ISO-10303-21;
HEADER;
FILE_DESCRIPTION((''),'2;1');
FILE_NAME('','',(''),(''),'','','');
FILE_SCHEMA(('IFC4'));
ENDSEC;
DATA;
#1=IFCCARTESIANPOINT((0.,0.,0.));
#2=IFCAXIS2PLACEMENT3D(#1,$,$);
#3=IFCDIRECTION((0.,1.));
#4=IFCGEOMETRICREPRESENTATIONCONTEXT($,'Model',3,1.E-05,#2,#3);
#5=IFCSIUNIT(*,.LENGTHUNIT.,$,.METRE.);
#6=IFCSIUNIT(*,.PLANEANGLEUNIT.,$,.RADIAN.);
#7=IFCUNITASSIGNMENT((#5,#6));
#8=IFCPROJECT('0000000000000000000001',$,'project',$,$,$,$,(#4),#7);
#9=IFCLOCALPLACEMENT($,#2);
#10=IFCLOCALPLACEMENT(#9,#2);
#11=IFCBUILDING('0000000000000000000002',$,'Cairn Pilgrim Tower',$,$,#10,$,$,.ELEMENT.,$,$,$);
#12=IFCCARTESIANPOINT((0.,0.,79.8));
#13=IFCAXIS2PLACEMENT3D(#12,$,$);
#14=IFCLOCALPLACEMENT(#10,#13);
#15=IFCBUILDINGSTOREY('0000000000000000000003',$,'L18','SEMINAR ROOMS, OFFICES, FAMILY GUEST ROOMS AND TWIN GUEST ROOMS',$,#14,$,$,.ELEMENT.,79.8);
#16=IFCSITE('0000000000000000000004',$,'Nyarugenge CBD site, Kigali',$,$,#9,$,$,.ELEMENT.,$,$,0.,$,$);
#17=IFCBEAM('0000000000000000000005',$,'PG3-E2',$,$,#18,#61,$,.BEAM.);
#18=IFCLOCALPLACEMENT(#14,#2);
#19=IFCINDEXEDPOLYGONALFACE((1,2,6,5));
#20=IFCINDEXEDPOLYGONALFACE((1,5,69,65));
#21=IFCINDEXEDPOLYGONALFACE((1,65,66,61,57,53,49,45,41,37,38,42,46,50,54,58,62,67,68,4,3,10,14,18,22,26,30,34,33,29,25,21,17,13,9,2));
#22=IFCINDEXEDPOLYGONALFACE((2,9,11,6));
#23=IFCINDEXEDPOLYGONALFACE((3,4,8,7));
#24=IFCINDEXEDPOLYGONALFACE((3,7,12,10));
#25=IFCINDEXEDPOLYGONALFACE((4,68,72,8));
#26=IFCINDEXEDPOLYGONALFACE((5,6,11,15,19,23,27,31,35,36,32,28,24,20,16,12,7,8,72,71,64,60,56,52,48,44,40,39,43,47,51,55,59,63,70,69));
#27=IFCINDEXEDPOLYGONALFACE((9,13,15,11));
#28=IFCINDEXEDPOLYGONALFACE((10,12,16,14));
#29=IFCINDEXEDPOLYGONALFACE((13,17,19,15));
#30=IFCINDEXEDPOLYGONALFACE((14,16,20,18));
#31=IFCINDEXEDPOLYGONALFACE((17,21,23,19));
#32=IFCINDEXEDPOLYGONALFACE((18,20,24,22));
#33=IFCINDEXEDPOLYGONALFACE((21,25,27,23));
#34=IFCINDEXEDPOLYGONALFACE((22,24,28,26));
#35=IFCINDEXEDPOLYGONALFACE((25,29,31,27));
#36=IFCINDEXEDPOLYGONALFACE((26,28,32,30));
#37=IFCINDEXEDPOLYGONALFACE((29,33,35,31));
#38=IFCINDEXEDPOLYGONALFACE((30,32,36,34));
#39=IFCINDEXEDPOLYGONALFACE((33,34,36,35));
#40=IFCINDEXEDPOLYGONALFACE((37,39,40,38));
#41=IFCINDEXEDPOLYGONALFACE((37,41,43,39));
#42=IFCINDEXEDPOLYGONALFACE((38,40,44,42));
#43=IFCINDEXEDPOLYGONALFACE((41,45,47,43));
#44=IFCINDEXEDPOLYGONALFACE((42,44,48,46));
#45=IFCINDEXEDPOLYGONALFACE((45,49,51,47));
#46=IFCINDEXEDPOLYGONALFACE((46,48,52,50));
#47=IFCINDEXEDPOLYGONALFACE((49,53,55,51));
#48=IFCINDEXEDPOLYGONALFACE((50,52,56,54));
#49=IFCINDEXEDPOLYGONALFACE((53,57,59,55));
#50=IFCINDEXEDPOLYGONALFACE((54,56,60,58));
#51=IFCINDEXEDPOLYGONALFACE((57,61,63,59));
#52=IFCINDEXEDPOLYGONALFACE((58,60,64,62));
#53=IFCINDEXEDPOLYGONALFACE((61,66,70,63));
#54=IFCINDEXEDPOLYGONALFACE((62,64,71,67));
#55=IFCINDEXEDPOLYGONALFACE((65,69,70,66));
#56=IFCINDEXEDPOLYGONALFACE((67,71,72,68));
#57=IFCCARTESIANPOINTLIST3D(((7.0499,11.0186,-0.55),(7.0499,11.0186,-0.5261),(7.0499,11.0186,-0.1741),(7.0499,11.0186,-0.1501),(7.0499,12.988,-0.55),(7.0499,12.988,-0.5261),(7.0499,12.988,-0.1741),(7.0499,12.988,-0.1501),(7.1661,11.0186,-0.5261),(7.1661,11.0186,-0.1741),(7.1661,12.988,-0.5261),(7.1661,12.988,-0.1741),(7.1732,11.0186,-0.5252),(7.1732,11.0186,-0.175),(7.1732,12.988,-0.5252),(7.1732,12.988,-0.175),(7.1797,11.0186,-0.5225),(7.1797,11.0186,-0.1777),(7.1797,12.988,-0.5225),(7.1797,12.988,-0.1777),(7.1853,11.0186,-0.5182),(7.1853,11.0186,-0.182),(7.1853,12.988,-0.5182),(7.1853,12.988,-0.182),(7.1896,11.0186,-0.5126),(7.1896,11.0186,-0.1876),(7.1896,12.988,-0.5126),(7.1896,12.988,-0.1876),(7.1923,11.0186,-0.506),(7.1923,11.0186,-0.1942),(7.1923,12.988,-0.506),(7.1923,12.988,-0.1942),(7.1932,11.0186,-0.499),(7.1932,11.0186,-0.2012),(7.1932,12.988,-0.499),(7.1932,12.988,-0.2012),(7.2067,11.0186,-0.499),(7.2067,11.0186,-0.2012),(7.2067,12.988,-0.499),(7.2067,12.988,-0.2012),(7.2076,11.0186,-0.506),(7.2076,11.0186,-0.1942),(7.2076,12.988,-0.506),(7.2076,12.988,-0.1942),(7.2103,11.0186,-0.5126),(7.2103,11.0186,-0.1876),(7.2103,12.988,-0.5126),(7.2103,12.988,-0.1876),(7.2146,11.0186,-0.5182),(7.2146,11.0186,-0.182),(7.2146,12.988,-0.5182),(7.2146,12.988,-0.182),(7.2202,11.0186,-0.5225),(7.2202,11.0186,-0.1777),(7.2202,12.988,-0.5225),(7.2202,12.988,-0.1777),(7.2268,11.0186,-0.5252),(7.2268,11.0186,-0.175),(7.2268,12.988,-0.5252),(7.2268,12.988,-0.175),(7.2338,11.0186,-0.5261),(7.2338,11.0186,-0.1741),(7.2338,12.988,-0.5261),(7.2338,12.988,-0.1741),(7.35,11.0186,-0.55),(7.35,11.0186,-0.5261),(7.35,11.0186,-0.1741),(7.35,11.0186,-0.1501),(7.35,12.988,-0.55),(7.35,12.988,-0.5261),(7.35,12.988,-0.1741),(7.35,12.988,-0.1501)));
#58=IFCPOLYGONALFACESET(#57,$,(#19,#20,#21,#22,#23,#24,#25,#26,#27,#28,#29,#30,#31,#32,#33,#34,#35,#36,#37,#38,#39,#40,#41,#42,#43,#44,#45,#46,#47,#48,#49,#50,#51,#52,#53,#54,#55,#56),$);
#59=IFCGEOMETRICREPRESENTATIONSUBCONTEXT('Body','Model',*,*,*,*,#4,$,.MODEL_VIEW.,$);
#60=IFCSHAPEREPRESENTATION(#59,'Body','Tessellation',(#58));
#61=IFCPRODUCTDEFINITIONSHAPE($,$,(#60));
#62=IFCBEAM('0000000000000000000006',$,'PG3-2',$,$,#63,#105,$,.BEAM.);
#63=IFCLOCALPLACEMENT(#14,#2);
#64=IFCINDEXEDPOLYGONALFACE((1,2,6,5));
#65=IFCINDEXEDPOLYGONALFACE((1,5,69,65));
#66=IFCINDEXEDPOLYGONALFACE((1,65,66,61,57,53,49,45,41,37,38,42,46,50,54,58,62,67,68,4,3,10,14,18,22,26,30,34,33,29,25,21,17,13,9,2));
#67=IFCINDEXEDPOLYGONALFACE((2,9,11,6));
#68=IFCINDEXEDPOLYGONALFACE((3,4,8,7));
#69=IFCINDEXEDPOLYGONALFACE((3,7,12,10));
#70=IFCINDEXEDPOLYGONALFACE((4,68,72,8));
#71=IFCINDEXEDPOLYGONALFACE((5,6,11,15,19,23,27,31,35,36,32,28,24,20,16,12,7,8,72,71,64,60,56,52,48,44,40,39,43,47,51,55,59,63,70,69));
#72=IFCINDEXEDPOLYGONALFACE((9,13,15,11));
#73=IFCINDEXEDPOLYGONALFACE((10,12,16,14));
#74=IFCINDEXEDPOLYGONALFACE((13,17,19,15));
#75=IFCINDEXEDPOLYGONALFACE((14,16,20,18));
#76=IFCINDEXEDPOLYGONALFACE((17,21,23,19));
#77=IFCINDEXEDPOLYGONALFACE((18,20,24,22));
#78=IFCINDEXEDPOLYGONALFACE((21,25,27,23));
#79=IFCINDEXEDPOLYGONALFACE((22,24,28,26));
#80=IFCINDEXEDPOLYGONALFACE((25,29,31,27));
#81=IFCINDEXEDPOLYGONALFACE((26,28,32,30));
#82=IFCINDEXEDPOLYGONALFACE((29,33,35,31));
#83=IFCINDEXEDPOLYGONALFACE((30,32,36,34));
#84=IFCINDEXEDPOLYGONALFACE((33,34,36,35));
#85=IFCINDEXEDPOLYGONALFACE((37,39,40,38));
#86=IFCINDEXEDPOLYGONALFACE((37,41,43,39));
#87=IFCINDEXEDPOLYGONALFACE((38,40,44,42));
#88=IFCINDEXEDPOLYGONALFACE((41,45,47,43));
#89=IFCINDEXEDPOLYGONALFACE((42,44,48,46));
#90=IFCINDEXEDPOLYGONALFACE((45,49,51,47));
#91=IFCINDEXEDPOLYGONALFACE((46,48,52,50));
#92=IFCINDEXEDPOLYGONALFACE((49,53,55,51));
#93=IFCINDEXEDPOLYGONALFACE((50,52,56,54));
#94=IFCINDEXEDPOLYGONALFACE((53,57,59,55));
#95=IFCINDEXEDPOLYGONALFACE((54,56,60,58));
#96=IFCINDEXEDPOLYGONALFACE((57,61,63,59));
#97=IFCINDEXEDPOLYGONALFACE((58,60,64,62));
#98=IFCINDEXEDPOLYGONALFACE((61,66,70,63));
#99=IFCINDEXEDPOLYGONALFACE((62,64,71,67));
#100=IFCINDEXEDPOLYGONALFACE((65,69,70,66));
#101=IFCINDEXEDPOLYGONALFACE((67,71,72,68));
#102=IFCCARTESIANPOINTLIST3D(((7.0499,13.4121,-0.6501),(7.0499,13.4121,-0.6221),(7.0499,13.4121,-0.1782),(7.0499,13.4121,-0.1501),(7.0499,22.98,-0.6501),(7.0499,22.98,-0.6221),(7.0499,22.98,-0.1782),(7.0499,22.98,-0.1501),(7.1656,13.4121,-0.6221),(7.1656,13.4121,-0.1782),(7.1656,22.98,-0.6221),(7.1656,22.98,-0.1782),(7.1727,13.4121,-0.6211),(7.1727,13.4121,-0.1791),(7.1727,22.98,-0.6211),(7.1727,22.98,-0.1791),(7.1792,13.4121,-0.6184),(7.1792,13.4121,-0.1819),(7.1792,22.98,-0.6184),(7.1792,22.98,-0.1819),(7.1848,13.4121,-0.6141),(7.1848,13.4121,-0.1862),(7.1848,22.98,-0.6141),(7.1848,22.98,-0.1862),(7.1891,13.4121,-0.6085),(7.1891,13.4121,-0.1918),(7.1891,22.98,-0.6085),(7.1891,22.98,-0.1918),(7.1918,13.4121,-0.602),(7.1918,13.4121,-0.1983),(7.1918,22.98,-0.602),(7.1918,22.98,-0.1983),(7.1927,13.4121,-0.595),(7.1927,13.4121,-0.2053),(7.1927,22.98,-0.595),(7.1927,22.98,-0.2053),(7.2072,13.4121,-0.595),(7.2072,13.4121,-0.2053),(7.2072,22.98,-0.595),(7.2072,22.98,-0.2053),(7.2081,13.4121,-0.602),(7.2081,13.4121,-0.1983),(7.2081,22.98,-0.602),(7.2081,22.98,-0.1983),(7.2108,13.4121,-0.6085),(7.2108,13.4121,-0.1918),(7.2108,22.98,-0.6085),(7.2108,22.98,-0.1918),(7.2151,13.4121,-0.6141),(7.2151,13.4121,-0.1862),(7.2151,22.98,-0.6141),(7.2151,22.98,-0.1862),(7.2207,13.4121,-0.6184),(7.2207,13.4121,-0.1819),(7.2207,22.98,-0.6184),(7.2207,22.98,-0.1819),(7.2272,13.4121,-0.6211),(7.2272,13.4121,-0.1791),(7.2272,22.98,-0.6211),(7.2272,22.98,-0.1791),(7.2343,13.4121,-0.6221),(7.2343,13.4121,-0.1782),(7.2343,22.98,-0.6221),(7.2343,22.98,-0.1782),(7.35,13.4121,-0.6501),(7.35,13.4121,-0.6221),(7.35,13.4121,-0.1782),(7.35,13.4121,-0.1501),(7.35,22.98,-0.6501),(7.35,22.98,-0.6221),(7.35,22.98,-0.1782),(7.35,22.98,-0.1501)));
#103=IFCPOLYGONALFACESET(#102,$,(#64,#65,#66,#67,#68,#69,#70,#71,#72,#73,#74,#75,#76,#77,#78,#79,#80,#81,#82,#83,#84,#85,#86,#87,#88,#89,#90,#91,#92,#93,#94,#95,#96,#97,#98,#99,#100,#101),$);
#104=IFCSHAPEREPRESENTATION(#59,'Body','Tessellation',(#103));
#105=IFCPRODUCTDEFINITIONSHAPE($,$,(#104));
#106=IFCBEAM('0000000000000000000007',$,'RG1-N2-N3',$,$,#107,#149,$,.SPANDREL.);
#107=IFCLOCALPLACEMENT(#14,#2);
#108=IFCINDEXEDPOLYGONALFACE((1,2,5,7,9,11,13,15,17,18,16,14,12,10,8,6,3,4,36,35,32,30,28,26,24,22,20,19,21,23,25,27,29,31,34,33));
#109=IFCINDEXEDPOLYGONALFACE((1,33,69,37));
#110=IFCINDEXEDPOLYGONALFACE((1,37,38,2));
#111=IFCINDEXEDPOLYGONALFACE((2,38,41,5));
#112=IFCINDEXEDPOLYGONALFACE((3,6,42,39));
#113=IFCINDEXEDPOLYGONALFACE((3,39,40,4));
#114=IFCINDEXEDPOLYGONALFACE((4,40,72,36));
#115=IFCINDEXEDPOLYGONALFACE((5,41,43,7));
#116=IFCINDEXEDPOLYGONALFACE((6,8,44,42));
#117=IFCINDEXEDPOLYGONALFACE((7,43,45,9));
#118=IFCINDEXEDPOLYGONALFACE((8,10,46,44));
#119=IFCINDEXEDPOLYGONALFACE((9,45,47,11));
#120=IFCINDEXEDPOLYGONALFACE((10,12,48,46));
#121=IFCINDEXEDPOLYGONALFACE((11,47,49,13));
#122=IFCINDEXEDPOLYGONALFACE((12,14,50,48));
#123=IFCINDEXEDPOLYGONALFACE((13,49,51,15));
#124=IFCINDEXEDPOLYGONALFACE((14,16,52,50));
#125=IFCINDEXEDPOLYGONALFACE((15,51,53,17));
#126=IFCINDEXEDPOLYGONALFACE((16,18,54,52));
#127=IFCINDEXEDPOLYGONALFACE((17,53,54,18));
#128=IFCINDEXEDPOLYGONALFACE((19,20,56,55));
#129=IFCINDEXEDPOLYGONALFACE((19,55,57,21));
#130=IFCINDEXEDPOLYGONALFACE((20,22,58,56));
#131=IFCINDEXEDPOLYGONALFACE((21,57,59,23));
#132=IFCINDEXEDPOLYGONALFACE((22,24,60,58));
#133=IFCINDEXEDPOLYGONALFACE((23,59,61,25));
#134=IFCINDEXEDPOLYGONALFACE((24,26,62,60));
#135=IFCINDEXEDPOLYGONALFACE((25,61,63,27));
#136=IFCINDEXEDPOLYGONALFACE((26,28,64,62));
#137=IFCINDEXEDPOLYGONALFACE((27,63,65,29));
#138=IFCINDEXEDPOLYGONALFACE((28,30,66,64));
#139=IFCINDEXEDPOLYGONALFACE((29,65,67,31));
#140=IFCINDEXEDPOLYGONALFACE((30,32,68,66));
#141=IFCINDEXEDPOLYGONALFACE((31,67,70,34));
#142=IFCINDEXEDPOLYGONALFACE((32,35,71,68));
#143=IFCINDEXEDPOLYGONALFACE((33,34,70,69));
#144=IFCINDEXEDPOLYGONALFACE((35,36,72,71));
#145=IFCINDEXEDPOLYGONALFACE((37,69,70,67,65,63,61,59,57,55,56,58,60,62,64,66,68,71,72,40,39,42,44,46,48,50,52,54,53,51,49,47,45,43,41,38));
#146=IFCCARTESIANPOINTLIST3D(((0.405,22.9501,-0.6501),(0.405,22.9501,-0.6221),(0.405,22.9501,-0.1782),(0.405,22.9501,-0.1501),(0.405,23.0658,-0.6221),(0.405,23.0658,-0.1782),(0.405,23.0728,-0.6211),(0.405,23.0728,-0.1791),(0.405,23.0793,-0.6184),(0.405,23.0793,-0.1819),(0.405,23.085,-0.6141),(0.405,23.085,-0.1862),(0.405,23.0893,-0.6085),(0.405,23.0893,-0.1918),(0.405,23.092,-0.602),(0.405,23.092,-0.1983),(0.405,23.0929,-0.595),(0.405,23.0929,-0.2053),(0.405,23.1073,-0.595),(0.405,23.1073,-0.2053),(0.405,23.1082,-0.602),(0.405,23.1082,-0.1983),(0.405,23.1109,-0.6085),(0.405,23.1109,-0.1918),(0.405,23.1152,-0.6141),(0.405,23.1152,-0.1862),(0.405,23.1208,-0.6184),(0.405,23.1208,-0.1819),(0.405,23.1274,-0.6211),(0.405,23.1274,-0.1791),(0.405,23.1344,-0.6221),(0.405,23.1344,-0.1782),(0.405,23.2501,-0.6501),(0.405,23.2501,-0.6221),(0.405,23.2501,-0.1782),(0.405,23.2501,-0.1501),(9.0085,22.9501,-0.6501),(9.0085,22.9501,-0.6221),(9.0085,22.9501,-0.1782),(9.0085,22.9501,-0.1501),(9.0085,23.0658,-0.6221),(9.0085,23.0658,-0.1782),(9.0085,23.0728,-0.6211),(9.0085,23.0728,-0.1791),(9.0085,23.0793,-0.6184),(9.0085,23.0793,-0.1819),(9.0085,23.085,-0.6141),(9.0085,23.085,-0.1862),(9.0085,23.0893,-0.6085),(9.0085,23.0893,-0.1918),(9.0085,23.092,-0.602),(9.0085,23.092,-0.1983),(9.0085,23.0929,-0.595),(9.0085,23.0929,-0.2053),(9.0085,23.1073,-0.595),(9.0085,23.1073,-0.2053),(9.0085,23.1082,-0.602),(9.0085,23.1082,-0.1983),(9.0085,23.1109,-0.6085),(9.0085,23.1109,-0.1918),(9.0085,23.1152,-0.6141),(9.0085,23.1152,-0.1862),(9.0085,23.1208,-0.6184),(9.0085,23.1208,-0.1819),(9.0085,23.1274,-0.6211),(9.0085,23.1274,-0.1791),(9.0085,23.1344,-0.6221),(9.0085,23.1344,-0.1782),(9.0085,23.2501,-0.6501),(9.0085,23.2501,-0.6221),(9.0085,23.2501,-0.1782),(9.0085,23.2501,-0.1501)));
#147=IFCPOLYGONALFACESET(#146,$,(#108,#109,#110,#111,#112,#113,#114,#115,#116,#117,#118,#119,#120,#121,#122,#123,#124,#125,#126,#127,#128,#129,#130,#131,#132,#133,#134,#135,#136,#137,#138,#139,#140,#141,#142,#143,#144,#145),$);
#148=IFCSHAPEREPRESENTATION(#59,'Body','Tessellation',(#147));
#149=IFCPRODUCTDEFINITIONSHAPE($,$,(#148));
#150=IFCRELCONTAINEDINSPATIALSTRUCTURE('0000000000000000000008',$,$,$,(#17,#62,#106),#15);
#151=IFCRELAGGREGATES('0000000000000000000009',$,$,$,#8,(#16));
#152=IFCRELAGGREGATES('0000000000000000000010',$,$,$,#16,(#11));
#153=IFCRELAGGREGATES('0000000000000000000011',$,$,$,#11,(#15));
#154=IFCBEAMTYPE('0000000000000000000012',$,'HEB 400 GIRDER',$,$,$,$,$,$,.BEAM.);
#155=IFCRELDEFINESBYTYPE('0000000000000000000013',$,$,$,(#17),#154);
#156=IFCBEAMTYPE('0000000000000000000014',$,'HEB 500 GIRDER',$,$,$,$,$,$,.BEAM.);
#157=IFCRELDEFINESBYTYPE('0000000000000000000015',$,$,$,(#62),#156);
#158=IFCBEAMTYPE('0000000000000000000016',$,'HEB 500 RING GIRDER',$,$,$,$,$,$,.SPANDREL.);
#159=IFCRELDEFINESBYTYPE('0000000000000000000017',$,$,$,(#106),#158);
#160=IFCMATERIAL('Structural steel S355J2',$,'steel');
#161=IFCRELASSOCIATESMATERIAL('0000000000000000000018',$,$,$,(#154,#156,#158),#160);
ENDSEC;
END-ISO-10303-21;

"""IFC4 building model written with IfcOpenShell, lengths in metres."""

from ifc_helpers import new_model, si_unit, direction, frame, origin, origin_2d, place, context, subcontext, project, spatial, i_section, extrude, material, material_profile, profile_set, type_object, element, save


model = new_model("IFC4")

# Units and contexts
model_context = context("Model", 3, precision=1e-05, world=origin(), true_north=direction((0.0, 1.0)))
body_context = subcontext(model_context, "Body", "Model", "MODEL_VIEW")
ifc_project = project(units=[si_unit("LENGTHUNIT", "METRE"), si_unit("PLANEANGLEUNIT", "RADIAN")], contexts=[model_context])

# Site, building, storey
site_placement = place(None, origin())
site = spatial("IfcSite", under=ifc_project, at=site_placement, Name="Nyarugenge CBD site, Kigali", CompositionType="ELEMENT", RefElevation=0.0)
building_placement = place(site_placement, origin())
building = spatial("IfcBuilding", under=site, at=building_placement, Name="Cairn Pilgrim Tower", CompositionType="ELEMENT")
storey_placement = place(building_placement, frame((0.0, 0.0, 79.8)))
storey = spatial("IfcBuildingStorey", under=building, at=storey_placement, Name="L18", Description="SEMINAR ROOMS, OFFICES, FAMILY GUEST ROOMS AND TWIN GUEST ROOMS", CompositionType="ELEMENT", Elevation=79.8)

# Beams
ifc_material_1 = material(Name="Structural steel S355J2", Category="steel")
ifc_material_profile_1 = material_profile(ifc_material_1, i_section(OverallWidth=0.3, OverallDepth=0.3999, WebThickness=0.0134, FlangeThickness=0.0239, FilletRadius=0.0271, at=origin_2d()), Name="HEB 400")
ifc_profile_set_1 = profile_set([ifc_material_profile_1], Name="Structural steel S355J2")
beam_type_1 = type_object("IfcBeamType", Name="HEB 400 GIRDER", PredefinedType="BEAM", material=ifc_profile_set_1)
beam_1_placement = place(storey_placement, frame((7.2, 11.0186, -0.3501), z_axis=(0.0, 1.0, 0.0), x_axis=(-1.0, 0.0, 0.0)))
element("IfcBeam", 1, at=beam_1_placement, inside=storey, type_object=beam_type_1, Name="PG3-E2", PredefinedType="BEAM", context=body_context, shape_type="SweptSolid", body=[
    extrude(i_section(OverallWidth=0.3, OverallDepth=0.3999, WebThickness=0.0134, FlangeThickness=0.0239, FilletRadius=0.0271, at=origin_2d()), origin(), (0.0, 0.0, 1.0), 1.9695),
])
ifc_material_profile_2 = material_profile(ifc_material_1, i_section(OverallWidth=0.3, OverallDepth=0.5, WebThickness=0.0144, FlangeThickness=0.0281, FilletRadius=0.0271, at=origin_2d()), Name="HEB 500")
ifc_profile_set_2 = profile_set([ifc_material_profile_2], Name="Structural steel S355J2")
beam_type_2 = type_object("IfcBeamType", Name="HEB 500 GIRDER", PredefinedType="BEAM", material=ifc_profile_set_2)
beam_2_placement = place(storey_placement, frame((7.2, 13.4121, -0.4001), z_axis=(0.0, 1.0, 0.0), x_axis=(-1.0, 0.0, 0.0)))
element("IfcBeam", 2, at=beam_2_placement, inside=storey, type_object=beam_type_2, Name="PG3-2", PredefinedType="BEAM", context=body_context, shape_type="SweptSolid", body=[
    extrude(i_section(OverallWidth=0.3, OverallDepth=0.5, WebThickness=0.0144, FlangeThickness=0.0281, FilletRadius=0.0271, at=origin_2d()), origin(), (0.0, 0.0, 1.0), 9.5679),
])
ifc_material_profile_3 = material_profile(ifc_material_1, i_section(OverallWidth=0.3, OverallDepth=0.5, WebThickness=0.0144, FlangeThickness=0.0281, FilletRadius=0.0271, at=origin_2d()), Name="HEB 500")
ifc_profile_set_3 = profile_set([ifc_material_profile_3], Name="Structural steel S355J2")
beam_type_3 = type_object("IfcBeamType", Name="HEB 500 RING GIRDER", PredefinedType="SPANDREL", material=ifc_profile_set_3)
beam_3_placement = place(storey_placement, frame((9.0085, 23.1001, -0.4001), z_axis=(-1.0, 0.0, 0.0), x_axis=(0.0, -1.0, 0.0)))
element("IfcBeam", 3, at=beam_3_placement, inside=storey, type_object=beam_type_3, Name="RG1-N2-N3", PredefinedType="SPANDREL", context=body_context, shape_type="SweptSolid", body=[
    extrude(i_section(OverallWidth=0.3, OverallDepth=0.5, WebThickness=0.0144, FlangeThickness=0.0281, FilletRadius=0.0271, at=origin_2d()), origin(), (0.0, 0.0, 1.0), 8.6035),
])

save(model, "model.ifc")
